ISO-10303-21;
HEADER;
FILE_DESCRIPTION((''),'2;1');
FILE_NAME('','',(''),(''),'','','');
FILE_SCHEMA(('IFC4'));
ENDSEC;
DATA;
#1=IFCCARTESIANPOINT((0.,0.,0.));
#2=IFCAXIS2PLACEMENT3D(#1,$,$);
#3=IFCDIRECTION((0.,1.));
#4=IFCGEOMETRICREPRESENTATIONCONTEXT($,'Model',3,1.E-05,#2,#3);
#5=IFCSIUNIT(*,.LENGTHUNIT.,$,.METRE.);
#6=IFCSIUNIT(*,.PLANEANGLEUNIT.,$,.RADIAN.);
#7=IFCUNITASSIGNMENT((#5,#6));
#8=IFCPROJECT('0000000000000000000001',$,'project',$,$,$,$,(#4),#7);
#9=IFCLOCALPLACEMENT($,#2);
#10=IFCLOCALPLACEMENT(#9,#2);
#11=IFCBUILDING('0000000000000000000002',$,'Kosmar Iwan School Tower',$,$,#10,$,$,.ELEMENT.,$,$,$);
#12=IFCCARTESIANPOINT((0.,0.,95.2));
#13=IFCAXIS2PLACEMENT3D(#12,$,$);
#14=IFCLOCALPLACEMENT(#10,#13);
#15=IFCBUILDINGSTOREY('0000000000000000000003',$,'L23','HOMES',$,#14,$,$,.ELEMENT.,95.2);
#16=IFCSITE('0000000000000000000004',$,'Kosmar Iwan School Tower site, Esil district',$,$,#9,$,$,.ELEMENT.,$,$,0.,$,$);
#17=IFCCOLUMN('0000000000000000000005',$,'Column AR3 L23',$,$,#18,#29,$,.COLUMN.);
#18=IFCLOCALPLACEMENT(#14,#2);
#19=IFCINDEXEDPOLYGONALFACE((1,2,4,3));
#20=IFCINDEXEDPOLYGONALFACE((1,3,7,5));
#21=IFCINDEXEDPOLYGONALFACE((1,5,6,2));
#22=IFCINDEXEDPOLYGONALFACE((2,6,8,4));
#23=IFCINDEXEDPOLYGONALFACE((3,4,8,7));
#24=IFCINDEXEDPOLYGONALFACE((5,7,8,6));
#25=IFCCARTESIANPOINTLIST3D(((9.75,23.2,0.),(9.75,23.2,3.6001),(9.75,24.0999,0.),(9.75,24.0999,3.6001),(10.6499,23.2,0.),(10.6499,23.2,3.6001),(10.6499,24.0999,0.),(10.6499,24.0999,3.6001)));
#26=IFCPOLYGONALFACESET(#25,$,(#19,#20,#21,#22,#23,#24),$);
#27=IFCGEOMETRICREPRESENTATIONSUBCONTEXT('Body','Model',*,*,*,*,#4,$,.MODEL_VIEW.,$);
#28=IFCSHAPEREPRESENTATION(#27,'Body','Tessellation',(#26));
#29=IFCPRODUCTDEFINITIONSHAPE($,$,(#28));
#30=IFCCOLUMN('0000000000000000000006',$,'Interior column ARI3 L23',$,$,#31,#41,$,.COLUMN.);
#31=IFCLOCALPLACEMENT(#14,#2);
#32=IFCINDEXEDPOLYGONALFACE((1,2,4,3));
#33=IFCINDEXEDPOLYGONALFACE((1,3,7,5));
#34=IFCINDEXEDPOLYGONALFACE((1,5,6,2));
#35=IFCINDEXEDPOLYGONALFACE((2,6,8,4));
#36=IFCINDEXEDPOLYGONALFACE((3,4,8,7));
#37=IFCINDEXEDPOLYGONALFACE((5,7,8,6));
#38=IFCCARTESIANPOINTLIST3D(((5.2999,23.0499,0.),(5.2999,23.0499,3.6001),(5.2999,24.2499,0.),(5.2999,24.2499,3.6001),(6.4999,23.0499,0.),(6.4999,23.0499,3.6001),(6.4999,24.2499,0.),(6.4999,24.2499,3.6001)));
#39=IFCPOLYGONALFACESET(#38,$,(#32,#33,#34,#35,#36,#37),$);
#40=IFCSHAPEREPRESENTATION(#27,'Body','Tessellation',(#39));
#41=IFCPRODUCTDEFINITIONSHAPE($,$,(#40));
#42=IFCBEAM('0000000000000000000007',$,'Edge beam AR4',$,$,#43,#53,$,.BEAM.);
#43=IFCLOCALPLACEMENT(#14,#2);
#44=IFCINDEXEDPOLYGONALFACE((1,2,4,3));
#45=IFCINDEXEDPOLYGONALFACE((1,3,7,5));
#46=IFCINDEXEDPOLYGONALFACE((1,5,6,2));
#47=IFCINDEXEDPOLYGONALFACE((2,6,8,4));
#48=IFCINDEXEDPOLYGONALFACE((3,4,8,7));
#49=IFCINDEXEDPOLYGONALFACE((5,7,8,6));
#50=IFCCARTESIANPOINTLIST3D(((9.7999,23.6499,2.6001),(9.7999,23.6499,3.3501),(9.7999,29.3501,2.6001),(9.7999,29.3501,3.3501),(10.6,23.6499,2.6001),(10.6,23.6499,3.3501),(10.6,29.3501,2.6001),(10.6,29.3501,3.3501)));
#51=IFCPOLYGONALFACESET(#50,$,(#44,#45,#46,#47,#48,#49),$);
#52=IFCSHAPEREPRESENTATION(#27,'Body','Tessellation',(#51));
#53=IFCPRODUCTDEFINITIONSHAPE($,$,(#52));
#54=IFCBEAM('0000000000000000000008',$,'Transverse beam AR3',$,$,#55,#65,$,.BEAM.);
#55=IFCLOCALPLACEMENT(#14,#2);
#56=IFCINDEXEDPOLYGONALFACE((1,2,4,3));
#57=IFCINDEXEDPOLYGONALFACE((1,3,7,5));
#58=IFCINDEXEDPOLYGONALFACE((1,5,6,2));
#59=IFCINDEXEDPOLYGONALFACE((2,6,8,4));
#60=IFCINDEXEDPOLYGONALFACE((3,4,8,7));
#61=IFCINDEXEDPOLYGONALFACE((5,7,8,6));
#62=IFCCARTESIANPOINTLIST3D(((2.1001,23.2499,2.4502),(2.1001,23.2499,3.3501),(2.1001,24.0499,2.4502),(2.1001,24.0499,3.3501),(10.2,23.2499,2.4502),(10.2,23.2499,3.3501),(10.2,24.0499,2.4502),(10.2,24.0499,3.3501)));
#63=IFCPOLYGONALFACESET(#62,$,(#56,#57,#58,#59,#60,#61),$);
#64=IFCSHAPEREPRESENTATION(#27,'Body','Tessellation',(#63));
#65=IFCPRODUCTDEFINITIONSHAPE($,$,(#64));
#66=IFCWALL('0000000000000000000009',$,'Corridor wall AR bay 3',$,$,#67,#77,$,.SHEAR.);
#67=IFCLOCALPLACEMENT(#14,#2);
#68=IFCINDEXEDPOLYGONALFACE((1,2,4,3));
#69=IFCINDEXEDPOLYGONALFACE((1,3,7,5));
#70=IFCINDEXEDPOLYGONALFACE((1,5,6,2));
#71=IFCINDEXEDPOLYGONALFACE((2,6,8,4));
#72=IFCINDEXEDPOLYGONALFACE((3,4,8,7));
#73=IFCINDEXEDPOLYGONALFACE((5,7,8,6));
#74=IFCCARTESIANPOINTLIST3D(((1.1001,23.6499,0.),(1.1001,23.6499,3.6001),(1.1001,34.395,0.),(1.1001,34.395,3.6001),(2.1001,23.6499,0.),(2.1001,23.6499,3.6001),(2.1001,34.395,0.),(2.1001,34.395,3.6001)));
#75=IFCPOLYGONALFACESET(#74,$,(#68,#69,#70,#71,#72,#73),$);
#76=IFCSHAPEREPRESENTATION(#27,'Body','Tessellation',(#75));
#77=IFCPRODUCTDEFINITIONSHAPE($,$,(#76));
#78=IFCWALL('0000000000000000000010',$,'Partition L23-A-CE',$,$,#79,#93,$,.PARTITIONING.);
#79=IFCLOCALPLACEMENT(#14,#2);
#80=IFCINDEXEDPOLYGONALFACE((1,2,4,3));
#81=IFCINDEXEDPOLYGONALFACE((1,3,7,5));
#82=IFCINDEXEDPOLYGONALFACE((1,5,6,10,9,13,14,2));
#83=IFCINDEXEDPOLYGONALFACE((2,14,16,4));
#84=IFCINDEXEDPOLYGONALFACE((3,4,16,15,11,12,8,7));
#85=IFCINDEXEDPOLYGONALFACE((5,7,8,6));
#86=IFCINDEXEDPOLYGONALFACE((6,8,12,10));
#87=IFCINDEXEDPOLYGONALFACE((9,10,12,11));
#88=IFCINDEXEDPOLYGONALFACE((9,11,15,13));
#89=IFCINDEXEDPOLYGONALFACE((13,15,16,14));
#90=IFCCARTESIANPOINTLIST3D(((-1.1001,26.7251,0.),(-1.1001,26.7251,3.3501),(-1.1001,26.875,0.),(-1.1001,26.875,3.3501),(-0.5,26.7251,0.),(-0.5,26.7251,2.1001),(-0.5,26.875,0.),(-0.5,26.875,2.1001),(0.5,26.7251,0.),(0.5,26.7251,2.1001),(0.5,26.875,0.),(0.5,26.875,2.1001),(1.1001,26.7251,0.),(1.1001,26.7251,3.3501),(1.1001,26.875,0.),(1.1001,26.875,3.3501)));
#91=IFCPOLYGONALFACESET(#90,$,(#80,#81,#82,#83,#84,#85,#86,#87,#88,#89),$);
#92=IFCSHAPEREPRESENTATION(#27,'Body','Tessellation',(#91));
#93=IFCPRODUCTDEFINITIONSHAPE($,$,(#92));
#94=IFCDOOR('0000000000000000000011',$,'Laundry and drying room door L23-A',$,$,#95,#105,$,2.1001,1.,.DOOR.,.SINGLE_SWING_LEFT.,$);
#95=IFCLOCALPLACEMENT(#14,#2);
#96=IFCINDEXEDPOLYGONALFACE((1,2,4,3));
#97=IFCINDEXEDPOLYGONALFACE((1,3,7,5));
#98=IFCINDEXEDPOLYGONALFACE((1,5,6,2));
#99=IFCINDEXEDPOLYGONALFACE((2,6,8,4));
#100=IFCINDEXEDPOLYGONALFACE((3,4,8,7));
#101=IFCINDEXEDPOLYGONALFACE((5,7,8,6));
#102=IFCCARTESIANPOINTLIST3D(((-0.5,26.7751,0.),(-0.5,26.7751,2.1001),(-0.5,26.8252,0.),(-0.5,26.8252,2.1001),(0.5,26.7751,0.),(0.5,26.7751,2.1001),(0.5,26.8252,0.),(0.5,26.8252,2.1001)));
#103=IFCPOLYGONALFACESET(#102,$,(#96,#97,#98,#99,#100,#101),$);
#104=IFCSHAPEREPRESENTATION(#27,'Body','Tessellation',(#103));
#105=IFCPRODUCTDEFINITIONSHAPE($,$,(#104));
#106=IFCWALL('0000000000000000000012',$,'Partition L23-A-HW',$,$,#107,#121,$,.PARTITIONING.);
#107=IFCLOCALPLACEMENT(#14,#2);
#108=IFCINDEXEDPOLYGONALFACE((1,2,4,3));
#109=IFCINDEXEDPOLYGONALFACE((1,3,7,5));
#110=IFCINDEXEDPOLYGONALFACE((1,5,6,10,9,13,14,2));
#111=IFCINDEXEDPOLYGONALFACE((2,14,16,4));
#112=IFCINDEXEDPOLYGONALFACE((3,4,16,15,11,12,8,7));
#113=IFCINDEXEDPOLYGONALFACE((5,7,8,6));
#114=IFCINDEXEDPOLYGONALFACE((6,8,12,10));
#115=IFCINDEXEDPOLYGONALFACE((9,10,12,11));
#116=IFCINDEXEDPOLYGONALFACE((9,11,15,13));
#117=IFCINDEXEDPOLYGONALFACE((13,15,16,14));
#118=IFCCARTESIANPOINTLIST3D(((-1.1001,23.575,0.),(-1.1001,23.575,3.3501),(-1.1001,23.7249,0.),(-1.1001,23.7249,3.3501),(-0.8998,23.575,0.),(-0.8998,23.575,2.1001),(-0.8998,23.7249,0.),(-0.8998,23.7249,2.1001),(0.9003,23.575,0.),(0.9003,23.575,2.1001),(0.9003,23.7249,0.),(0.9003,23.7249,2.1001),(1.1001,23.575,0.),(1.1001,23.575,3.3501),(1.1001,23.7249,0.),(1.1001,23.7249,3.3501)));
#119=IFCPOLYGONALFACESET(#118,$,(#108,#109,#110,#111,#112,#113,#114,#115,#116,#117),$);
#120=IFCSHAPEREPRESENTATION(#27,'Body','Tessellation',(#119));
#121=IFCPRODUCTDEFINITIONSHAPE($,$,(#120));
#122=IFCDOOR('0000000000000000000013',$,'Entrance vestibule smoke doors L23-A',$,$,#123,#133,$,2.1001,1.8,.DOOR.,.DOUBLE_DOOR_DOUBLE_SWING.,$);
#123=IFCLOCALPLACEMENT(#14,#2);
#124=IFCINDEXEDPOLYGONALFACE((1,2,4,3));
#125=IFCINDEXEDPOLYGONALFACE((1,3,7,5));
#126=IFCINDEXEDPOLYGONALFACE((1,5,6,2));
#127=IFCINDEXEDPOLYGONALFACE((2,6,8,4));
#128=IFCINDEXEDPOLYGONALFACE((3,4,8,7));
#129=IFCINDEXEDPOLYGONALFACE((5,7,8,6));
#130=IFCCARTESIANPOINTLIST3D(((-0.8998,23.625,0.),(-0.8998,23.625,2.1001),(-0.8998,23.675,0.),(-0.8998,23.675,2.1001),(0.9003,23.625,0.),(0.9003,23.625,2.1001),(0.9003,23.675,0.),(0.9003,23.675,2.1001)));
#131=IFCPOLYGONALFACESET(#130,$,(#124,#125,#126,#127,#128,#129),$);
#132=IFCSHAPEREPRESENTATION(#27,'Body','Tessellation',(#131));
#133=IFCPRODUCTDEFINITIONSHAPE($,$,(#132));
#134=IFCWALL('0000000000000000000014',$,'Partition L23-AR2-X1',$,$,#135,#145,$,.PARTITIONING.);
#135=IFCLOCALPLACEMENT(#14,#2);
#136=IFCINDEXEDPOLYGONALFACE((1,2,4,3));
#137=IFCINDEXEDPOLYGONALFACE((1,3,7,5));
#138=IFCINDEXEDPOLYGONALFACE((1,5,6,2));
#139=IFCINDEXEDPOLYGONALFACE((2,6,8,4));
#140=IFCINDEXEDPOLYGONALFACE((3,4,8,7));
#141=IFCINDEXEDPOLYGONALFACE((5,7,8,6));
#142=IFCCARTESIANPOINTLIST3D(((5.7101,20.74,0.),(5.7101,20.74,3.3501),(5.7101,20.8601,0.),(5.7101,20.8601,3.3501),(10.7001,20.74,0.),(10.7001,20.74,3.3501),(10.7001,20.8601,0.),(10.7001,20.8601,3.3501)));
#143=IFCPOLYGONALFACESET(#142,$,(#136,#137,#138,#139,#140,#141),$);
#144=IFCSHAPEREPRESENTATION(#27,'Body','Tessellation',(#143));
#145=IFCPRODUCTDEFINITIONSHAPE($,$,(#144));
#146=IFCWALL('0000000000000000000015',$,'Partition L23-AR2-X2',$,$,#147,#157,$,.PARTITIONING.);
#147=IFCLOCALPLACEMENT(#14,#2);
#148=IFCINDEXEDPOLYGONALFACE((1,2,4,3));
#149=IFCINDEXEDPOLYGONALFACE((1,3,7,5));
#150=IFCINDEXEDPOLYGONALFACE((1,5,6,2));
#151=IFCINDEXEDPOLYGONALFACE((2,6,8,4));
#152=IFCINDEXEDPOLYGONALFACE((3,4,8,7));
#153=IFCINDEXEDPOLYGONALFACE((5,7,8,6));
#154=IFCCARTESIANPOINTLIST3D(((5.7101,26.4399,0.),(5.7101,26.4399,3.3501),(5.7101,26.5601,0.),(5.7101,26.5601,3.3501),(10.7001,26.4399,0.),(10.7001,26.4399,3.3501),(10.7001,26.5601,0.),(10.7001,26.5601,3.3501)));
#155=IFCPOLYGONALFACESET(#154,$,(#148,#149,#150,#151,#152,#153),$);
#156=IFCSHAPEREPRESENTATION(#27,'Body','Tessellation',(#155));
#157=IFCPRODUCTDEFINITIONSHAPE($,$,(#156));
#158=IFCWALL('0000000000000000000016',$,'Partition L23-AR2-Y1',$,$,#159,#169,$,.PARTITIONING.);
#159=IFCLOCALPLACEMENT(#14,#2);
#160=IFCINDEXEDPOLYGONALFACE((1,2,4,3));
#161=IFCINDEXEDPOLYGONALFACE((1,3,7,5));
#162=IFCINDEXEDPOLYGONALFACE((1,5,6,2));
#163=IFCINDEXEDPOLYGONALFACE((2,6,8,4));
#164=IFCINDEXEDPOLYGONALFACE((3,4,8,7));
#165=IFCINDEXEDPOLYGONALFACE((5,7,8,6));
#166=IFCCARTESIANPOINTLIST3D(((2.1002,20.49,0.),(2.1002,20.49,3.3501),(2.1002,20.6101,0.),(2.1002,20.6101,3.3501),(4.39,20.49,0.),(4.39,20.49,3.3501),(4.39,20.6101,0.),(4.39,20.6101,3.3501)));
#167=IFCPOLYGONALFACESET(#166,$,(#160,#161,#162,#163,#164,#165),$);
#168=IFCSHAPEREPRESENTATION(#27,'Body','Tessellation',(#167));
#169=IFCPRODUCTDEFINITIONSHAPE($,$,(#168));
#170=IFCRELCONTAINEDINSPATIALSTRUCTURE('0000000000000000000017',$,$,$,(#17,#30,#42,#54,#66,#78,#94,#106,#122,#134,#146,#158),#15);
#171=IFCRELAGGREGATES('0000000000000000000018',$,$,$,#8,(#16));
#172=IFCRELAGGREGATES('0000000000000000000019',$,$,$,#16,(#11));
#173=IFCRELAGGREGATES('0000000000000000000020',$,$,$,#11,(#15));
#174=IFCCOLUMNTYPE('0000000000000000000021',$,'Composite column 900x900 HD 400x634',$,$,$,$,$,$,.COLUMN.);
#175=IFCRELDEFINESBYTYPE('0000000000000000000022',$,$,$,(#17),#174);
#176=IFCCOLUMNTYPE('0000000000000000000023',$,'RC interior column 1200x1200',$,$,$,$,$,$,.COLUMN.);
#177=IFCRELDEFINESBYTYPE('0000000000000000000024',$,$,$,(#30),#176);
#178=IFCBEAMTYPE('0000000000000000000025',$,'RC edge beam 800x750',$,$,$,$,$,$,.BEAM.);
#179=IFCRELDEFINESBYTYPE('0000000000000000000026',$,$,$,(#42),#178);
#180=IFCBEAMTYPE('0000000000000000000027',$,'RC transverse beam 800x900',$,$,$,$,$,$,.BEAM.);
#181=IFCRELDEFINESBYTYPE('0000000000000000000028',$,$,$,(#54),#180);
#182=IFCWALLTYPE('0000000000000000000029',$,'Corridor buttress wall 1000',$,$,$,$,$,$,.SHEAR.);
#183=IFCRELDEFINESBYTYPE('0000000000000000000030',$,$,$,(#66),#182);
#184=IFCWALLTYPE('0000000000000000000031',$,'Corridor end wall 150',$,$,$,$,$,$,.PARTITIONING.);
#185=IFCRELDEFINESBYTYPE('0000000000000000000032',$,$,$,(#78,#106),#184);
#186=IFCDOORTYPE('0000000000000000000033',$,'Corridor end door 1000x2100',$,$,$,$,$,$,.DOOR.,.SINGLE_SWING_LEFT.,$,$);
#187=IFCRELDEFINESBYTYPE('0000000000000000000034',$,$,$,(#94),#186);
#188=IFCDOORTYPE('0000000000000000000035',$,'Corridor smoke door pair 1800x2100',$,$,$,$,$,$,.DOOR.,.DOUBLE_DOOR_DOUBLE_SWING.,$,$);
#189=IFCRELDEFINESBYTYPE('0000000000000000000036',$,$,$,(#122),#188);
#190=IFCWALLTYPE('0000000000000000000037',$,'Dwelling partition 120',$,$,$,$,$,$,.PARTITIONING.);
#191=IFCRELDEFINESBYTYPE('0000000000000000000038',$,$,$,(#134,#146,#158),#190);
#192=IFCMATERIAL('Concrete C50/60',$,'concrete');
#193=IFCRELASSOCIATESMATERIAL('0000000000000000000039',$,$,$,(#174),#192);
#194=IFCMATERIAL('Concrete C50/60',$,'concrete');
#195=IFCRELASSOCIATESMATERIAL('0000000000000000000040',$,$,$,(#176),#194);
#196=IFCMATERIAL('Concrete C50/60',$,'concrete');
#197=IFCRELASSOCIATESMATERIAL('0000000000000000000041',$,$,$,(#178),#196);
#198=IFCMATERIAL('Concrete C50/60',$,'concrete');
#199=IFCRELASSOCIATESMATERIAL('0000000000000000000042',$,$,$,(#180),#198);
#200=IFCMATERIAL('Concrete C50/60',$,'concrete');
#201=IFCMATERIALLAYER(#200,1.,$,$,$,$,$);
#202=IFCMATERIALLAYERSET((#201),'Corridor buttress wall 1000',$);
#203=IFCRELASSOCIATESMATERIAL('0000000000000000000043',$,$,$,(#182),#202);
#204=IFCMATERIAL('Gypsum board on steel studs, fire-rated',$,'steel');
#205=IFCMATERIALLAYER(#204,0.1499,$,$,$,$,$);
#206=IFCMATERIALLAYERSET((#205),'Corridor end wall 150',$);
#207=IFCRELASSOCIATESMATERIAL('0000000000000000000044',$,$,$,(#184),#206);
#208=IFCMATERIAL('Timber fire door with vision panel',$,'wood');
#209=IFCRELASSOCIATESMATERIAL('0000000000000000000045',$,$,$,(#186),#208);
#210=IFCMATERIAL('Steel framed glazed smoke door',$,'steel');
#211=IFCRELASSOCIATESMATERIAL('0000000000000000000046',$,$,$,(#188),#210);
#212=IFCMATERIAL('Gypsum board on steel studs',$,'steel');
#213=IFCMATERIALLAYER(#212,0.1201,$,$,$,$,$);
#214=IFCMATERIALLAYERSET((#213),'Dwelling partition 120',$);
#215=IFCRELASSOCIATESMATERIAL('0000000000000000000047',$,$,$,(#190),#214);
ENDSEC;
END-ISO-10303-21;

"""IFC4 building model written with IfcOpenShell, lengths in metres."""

from ifc_helpers import new_model, si_unit, direction, frame, frame_2d, origin, origin_2d, place, context, subcontext, project, spatial, rectangle, extrude, material, layer, layer_set, material_profile, profile_set, type_object, element, fill, save


model = new_model("IFC4")

# Units and contexts
model_context = context("Model", 3, precision=1e-05, world=origin(), true_north=direction((0.0, 1.0)))
body_context = subcontext(model_context, "Body", "Model", "MODEL_VIEW")
ifc_project = project(units=[si_unit("LENGTHUNIT", "METRE"), si_unit("PLANEANGLEUNIT", "RADIAN")], contexts=[model_context])

# Site, building, storey
site_placement = place(None, origin())
site = spatial("IfcSite", under=ifc_project, at=site_placement, Name="Kosmar Iwan School Tower site, Esil district", CompositionType="ELEMENT", RefElevation=0.0)
building_placement = place(site_placement, origin())
building = spatial("IfcBuilding", under=site, at=building_placement, Name="Kosmar Iwan School Tower", CompositionType="ELEMENT")
storey_placement = place(building_placement, frame((0.0, 0.0, 95.2)))
storey = spatial("IfcBuildingStorey", under=building, at=storey_placement, Name="L23", Description="HOMES", CompositionType="ELEMENT", Elevation=95.2)

# Columns
ifc_material_1 = material(Name="Concrete C50/60", Category="concrete")
ifc_material_profile_1 = material_profile(ifc_material_1, rectangle(XDim=0.8999, YDim=0.8999, at=origin_2d()), Name="RC 900x900 + HD 400x634")
ifc_profile_set_1 = profile_set([ifc_material_profile_1], Name="Concrete C50/60")
column_type_1 = type_object("IfcColumnType", Name="Composite column 900x900 HD 400x634", PredefinedType="COLUMN", material=ifc_profile_set_1)
column_1_placement = place(storey_placement, frame((10.2, 23.6499, 0.0), z_axis=(0.0, 0.0, 1.0), x_axis=(0.0, 1.0, 0.0)))
element("IfcColumn", 1, at=column_1_placement, inside=storey, type_object=column_type_1, Name="Column AR3 L23", PredefinedType="COLUMN", context=body_context, shape_type="SweptSolid", body=[
    extrude(rectangle(XDim=0.8999, YDim=0.8999, at=origin_2d()), origin(), (0.0, 0.0, 1.0), 3.6001),
])
ifc_material_2 = material(Name="Concrete C50/60", Category="concrete")
ifc_material_profile_2 = material_profile(ifc_material_2, rectangle(XDim=1.2, YDim=1.2, at=origin_2d()), Name="RC 1200x1200")
ifc_profile_set_2 = profile_set([ifc_material_profile_2], Name="Concrete C50/60")
column_type_2 = type_object("IfcColumnType", Name="RC interior column 1200x1200", PredefinedType="COLUMN", material=ifc_profile_set_2)
column_2_placement = place(storey_placement, frame((5.8999, 23.6499, 0.0), z_axis=(0.0, 0.0, 1.0), x_axis=(0.0, 1.0, 0.0)))
element("IfcColumn", 2, at=column_2_placement, inside=storey, type_object=column_type_2, Name="Interior column ARI3 L23", PredefinedType="COLUMN", context=body_context, shape_type="SweptSolid", body=[
    extrude(rectangle(XDim=1.2, YDim=1.2, at=origin_2d()), origin(), (0.0, 0.0, 1.0), 3.6001),
])

# Beams
ifc_material_3 = material(Name="Concrete C50/60", Category="concrete")
ifc_material_profile_3 = material_profile(ifc_material_3, rectangle(XDim=0.8, YDim=0.75, at=origin_2d()), Name="RC 800x750")
ifc_profile_set_3 = profile_set([ifc_material_profile_3], Name="Concrete C50/60")
beam_type_1 = type_object("IfcBeamType", Name="RC edge beam 800x750", PredefinedType="BEAM", material=ifc_profile_set_3)
beam_1_placement = place(storey_placement, frame((10.2, 23.6499, 2.9751), z_axis=(0.0, 1.0, 0.0), x_axis=(-1.0, 0.0, 0.0)))
element("IfcBeam", 3, at=beam_1_placement, inside=storey, type_object=beam_type_1, Name="Edge beam AR4", PredefinedType="BEAM", context=body_context, shape_type="SweptSolid", body=[
    extrude(rectangle(XDim=0.8, YDim=0.75, at=origin_2d()), origin(), (0.0, 0.0, 1.0), 5.7002),
])
ifc_material_4 = material(Name="Concrete C50/60", Category="concrete")
ifc_material_profile_4 = material_profile(ifc_material_4, rectangle(XDim=0.8, YDim=0.8999, at=origin_2d()), Name="RC 800x900")
ifc_profile_set_4 = profile_set([ifc_material_profile_4], Name="Concrete C50/60")
beam_type_2 = type_object("IfcBeamType", Name="RC transverse beam 800x900", PredefinedType="BEAM", material=ifc_profile_set_4)
beam_2_placement = place(storey_placement, frame((10.2, 23.6499, 2.9001), z_axis=(-1.0, 0.0, 0.0), x_axis=(0.0, -1.0, 0.0)))
element("IfcBeam", 4, at=beam_2_placement, inside=storey, type_object=beam_type_2, Name="Transverse beam AR3", PredefinedType="BEAM", context=body_context, shape_type="SweptSolid", body=[
    extrude(rectangle(XDim=0.8, YDim=0.8999, at=origin_2d()), origin(), (0.0, 0.0, 1.0), 8.0999),
])

# Wall
ifc_material_5 = material(Name="Concrete C50/60", Category="concrete")
ifc_layer_1 = layer(ifc_material_5, 1.0)
ifc_layer_set_1 = layer_set([ifc_layer_1], Name="Corridor buttress wall 1000")
wall_type_1 = type_object("IfcWallType", Name="Corridor buttress wall 1000", PredefinedType="SHEAR", material=ifc_layer_set_1)
wall_1_placement = place(storey_placement, frame((1.6001, 23.6499, 0.0), z_axis=(0.0, 0.0, 1.0), x_axis=(0.0, 1.0, 0.0)))
element("IfcWall", 5, at=wall_1_placement, inside=storey, type_object=wall_type_1, Name="Corridor wall AR bay 3", PredefinedType="SHEAR", context=body_context, shape_type="SweptSolid", body=[
    extrude(rectangle(XDim=10.7451, YDim=1.0, at=frame_2d((5.3726, 0.0))), origin(), (0.0, 0.0, 1.0), 3.6001),
])

# Walls, openings, doors
ifc_material_6 = material(Name="Gypsum board on steel studs, fire-rated", Category="steel")
ifc_layer_2 = layer(ifc_material_6, 0.1499)
ifc_layer_set_2 = layer_set([ifc_layer_2], Name="Corridor end wall 150")
wall_type_2 = type_object("IfcWallType", Name="Corridor end wall 150", PredefinedType="PARTITIONING", material=ifc_layer_set_2)
wall_2_placement = place(storey_placement, frame((1.1001, 26.8, 0.0), z_axis=(0.0, 0.0, 1.0), x_axis=(-1.0, 0.0, 0.0)))
wall_2 = element("IfcWall", 6, at=wall_2_placement, inside=storey, type_object=wall_type_2, Name="Partition L23-A-CE", PredefinedType="PARTITIONING", context=body_context, shape_type="SweptSolid", body=[
    extrude(rectangle(XDim=2.2002, YDim=0.1499, at=frame_2d((1.1001, 0.0))), origin(), (0.0, 0.0, 1.0), 3.3501),
])
opening_1_placement = place(wall_2_placement, frame((0.6001, 0.0, 0.0)))
opening_1 = element("IfcOpeningElement", 7, at=opening_1_placement, cuts=wall_2, PredefinedType="OPENING", context=body_context, shape_type="SweptSolid", body=[
    extrude(rectangle(XDim=1.0, YDim=2.1001, at=frame_2d((0.5, 1.05))), frame((0.0, 0.0869, 0.0), z_axis=(0.0, -1.0, 0.0), x_axis=(1.0, 0.0, 0.0)), (0.0, 0.0, 1.0), 0.1738),
])
ifc_material_7 = material(Name="Timber fire door with vision panel", Category="wood")
door_type_1 = type_object("IfcDoorType", Name="Corridor end door 1000x2100", OperationType="SINGLE_SWING_LEFT", PredefinedType="DOOR", material=ifc_material_7)
door_1_placement = place(opening_1_placement, origin())
door_1 = element("IfcDoor", 8, at=door_1_placement, inside=storey, type_object=door_type_1, Name="Laundry and drying room door L23-A", OperationType="SINGLE_SWING_LEFT", OverallHeight=2.1001, OverallWidth=1.0, PredefinedType="DOOR", context=body_context, shape_type="SweptSolid", body=[
    extrude(rectangle(XDim=1.0, YDim=2.1001, at=frame_2d((0.5, 1.05))), frame((0.0, 0.0249, 0.0), z_axis=(0.0, -1.0, 0.0), x_axis=(1.0, 0.0, 0.0)), (0.0, 0.0, 1.0), 0.05),
])
fill(opening_1, door_1)
wall_3_placement = place(storey_placement, frame((1.1001, 23.6499, 0.0), z_axis=(0.0, 0.0, 1.0), x_axis=(-1.0, 0.0, 0.0)))
wall_3 = element("IfcWall", 9, at=wall_3_placement, inside=storey, type_object=wall_type_2, Name="Partition L23-A-HW", PredefinedType="PARTITIONING", context=body_context, shape_type="SweptSolid", body=[
    extrude(rectangle(XDim=2.2002, YDim=0.1499, at=frame_2d((1.1001, 0.0))), origin(), (0.0, 0.0, 1.0), 3.3501),
])
opening_2_placement = place(wall_3_placement, frame((0.2, 0.0, 0.0)))
opening_2 = element("IfcOpeningElement", 10, at=opening_2_placement, cuts=wall_3, PredefinedType="OPENING", context=body_context, shape_type="SweptSolid", body=[
    extrude(rectangle(XDim=1.8, YDim=2.1001, at=frame_2d((0.8999, 1.05))), frame((0.0, 0.0869, 0.0), z_axis=(0.0, -1.0, 0.0), x_axis=(1.0, 0.0, 0.0)), (0.0, 0.0, 1.0), 0.1738),
])
ifc_material_8 = material(Name="Steel framed glazed smoke door", Category="steel")
door_type_2 = type_object("IfcDoorType", Name="Corridor smoke door pair 1800x2100", OperationType="DOUBLE_DOOR_DOUBLE_SWING", PredefinedType="DOOR", material=ifc_material_8)
door_2_placement = place(opening_2_placement, origin())
door_2 = element("IfcDoor", 11, at=door_2_placement, inside=storey, type_object=door_type_2, Name="Entrance vestibule smoke doors L23-A", OperationType="DOUBLE_DOOR_DOUBLE_SWING", OverallHeight=2.1001, OverallWidth=1.8, PredefinedType="DOOR", context=body_context, shape_type="SweptSolid", body=[
    extrude(rectangle(XDim=1.8, YDim=2.1001, at=frame_2d((0.8999, 1.05))), frame((0.0, 0.0249, 0.0), z_axis=(0.0, -1.0, 0.0), x_axis=(1.0, 0.0, 0.0)), (0.0, 0.0, 1.0), 0.05),
])
fill(opening_2, door_2)

# Walls
ifc_material_9 = material(Name="Gypsum board on steel studs", Category="steel")
ifc_layer_3 = layer(ifc_material_9, 0.1201)
ifc_layer_set_3 = layer_set([ifc_layer_3], Name="Dwelling partition 120")
wall_type_3 = type_object("IfcWallType", Name="Dwelling partition 120", PredefinedType="PARTITIONING", material=ifc_layer_set_3)
for number, where, z_axis, x_axis, name in (
    (12, (5.71, 20.8, 0.0), (0.0, 0.0, 1.0), (1.0, 0.0, 0.0), "Partition L23-AR2-X1"),
    (13, (5.71, 26.5, 0.0), (0.0, 0.0, 1.0), (1.0, 0.0, 0.0), "Partition L23-AR2-X2"),
):
    element("IfcWall", number, at=place(storey_placement, frame(where, z_axis=z_axis, x_axis=x_axis)), inside=storey, type_object=wall_type_3, Name=name, PredefinedType="PARTITIONING", context=body_context, shape_type="SweptSolid", body=[
        extrude(rectangle(XDim=4.99, YDim=0.1201, at=frame_2d((2.4951, 0.0))), origin(), (0.0, 0.0, 1.0), 3.3501),
    ])
wall_4_placement = place(storey_placement, frame((2.1001, 20.55, 0.0), z_axis=(0.0, 0.0, 1.0), x_axis=(1.0, 0.0, 0.0)))
element("IfcWall", 14, at=wall_4_placement, inside=storey, type_object=wall_type_3, Name="Partition L23-AR2-Y1", PredefinedType="PARTITIONING", context=body_context, shape_type="SweptSolid", body=[
    extrude(rectangle(XDim=2.2898, YDim=0.1201, at=frame_2d((1.145, 0.0))), origin(), (0.0, 0.0, 1.0), 3.3501),
])

save(model, "model.ifc")
